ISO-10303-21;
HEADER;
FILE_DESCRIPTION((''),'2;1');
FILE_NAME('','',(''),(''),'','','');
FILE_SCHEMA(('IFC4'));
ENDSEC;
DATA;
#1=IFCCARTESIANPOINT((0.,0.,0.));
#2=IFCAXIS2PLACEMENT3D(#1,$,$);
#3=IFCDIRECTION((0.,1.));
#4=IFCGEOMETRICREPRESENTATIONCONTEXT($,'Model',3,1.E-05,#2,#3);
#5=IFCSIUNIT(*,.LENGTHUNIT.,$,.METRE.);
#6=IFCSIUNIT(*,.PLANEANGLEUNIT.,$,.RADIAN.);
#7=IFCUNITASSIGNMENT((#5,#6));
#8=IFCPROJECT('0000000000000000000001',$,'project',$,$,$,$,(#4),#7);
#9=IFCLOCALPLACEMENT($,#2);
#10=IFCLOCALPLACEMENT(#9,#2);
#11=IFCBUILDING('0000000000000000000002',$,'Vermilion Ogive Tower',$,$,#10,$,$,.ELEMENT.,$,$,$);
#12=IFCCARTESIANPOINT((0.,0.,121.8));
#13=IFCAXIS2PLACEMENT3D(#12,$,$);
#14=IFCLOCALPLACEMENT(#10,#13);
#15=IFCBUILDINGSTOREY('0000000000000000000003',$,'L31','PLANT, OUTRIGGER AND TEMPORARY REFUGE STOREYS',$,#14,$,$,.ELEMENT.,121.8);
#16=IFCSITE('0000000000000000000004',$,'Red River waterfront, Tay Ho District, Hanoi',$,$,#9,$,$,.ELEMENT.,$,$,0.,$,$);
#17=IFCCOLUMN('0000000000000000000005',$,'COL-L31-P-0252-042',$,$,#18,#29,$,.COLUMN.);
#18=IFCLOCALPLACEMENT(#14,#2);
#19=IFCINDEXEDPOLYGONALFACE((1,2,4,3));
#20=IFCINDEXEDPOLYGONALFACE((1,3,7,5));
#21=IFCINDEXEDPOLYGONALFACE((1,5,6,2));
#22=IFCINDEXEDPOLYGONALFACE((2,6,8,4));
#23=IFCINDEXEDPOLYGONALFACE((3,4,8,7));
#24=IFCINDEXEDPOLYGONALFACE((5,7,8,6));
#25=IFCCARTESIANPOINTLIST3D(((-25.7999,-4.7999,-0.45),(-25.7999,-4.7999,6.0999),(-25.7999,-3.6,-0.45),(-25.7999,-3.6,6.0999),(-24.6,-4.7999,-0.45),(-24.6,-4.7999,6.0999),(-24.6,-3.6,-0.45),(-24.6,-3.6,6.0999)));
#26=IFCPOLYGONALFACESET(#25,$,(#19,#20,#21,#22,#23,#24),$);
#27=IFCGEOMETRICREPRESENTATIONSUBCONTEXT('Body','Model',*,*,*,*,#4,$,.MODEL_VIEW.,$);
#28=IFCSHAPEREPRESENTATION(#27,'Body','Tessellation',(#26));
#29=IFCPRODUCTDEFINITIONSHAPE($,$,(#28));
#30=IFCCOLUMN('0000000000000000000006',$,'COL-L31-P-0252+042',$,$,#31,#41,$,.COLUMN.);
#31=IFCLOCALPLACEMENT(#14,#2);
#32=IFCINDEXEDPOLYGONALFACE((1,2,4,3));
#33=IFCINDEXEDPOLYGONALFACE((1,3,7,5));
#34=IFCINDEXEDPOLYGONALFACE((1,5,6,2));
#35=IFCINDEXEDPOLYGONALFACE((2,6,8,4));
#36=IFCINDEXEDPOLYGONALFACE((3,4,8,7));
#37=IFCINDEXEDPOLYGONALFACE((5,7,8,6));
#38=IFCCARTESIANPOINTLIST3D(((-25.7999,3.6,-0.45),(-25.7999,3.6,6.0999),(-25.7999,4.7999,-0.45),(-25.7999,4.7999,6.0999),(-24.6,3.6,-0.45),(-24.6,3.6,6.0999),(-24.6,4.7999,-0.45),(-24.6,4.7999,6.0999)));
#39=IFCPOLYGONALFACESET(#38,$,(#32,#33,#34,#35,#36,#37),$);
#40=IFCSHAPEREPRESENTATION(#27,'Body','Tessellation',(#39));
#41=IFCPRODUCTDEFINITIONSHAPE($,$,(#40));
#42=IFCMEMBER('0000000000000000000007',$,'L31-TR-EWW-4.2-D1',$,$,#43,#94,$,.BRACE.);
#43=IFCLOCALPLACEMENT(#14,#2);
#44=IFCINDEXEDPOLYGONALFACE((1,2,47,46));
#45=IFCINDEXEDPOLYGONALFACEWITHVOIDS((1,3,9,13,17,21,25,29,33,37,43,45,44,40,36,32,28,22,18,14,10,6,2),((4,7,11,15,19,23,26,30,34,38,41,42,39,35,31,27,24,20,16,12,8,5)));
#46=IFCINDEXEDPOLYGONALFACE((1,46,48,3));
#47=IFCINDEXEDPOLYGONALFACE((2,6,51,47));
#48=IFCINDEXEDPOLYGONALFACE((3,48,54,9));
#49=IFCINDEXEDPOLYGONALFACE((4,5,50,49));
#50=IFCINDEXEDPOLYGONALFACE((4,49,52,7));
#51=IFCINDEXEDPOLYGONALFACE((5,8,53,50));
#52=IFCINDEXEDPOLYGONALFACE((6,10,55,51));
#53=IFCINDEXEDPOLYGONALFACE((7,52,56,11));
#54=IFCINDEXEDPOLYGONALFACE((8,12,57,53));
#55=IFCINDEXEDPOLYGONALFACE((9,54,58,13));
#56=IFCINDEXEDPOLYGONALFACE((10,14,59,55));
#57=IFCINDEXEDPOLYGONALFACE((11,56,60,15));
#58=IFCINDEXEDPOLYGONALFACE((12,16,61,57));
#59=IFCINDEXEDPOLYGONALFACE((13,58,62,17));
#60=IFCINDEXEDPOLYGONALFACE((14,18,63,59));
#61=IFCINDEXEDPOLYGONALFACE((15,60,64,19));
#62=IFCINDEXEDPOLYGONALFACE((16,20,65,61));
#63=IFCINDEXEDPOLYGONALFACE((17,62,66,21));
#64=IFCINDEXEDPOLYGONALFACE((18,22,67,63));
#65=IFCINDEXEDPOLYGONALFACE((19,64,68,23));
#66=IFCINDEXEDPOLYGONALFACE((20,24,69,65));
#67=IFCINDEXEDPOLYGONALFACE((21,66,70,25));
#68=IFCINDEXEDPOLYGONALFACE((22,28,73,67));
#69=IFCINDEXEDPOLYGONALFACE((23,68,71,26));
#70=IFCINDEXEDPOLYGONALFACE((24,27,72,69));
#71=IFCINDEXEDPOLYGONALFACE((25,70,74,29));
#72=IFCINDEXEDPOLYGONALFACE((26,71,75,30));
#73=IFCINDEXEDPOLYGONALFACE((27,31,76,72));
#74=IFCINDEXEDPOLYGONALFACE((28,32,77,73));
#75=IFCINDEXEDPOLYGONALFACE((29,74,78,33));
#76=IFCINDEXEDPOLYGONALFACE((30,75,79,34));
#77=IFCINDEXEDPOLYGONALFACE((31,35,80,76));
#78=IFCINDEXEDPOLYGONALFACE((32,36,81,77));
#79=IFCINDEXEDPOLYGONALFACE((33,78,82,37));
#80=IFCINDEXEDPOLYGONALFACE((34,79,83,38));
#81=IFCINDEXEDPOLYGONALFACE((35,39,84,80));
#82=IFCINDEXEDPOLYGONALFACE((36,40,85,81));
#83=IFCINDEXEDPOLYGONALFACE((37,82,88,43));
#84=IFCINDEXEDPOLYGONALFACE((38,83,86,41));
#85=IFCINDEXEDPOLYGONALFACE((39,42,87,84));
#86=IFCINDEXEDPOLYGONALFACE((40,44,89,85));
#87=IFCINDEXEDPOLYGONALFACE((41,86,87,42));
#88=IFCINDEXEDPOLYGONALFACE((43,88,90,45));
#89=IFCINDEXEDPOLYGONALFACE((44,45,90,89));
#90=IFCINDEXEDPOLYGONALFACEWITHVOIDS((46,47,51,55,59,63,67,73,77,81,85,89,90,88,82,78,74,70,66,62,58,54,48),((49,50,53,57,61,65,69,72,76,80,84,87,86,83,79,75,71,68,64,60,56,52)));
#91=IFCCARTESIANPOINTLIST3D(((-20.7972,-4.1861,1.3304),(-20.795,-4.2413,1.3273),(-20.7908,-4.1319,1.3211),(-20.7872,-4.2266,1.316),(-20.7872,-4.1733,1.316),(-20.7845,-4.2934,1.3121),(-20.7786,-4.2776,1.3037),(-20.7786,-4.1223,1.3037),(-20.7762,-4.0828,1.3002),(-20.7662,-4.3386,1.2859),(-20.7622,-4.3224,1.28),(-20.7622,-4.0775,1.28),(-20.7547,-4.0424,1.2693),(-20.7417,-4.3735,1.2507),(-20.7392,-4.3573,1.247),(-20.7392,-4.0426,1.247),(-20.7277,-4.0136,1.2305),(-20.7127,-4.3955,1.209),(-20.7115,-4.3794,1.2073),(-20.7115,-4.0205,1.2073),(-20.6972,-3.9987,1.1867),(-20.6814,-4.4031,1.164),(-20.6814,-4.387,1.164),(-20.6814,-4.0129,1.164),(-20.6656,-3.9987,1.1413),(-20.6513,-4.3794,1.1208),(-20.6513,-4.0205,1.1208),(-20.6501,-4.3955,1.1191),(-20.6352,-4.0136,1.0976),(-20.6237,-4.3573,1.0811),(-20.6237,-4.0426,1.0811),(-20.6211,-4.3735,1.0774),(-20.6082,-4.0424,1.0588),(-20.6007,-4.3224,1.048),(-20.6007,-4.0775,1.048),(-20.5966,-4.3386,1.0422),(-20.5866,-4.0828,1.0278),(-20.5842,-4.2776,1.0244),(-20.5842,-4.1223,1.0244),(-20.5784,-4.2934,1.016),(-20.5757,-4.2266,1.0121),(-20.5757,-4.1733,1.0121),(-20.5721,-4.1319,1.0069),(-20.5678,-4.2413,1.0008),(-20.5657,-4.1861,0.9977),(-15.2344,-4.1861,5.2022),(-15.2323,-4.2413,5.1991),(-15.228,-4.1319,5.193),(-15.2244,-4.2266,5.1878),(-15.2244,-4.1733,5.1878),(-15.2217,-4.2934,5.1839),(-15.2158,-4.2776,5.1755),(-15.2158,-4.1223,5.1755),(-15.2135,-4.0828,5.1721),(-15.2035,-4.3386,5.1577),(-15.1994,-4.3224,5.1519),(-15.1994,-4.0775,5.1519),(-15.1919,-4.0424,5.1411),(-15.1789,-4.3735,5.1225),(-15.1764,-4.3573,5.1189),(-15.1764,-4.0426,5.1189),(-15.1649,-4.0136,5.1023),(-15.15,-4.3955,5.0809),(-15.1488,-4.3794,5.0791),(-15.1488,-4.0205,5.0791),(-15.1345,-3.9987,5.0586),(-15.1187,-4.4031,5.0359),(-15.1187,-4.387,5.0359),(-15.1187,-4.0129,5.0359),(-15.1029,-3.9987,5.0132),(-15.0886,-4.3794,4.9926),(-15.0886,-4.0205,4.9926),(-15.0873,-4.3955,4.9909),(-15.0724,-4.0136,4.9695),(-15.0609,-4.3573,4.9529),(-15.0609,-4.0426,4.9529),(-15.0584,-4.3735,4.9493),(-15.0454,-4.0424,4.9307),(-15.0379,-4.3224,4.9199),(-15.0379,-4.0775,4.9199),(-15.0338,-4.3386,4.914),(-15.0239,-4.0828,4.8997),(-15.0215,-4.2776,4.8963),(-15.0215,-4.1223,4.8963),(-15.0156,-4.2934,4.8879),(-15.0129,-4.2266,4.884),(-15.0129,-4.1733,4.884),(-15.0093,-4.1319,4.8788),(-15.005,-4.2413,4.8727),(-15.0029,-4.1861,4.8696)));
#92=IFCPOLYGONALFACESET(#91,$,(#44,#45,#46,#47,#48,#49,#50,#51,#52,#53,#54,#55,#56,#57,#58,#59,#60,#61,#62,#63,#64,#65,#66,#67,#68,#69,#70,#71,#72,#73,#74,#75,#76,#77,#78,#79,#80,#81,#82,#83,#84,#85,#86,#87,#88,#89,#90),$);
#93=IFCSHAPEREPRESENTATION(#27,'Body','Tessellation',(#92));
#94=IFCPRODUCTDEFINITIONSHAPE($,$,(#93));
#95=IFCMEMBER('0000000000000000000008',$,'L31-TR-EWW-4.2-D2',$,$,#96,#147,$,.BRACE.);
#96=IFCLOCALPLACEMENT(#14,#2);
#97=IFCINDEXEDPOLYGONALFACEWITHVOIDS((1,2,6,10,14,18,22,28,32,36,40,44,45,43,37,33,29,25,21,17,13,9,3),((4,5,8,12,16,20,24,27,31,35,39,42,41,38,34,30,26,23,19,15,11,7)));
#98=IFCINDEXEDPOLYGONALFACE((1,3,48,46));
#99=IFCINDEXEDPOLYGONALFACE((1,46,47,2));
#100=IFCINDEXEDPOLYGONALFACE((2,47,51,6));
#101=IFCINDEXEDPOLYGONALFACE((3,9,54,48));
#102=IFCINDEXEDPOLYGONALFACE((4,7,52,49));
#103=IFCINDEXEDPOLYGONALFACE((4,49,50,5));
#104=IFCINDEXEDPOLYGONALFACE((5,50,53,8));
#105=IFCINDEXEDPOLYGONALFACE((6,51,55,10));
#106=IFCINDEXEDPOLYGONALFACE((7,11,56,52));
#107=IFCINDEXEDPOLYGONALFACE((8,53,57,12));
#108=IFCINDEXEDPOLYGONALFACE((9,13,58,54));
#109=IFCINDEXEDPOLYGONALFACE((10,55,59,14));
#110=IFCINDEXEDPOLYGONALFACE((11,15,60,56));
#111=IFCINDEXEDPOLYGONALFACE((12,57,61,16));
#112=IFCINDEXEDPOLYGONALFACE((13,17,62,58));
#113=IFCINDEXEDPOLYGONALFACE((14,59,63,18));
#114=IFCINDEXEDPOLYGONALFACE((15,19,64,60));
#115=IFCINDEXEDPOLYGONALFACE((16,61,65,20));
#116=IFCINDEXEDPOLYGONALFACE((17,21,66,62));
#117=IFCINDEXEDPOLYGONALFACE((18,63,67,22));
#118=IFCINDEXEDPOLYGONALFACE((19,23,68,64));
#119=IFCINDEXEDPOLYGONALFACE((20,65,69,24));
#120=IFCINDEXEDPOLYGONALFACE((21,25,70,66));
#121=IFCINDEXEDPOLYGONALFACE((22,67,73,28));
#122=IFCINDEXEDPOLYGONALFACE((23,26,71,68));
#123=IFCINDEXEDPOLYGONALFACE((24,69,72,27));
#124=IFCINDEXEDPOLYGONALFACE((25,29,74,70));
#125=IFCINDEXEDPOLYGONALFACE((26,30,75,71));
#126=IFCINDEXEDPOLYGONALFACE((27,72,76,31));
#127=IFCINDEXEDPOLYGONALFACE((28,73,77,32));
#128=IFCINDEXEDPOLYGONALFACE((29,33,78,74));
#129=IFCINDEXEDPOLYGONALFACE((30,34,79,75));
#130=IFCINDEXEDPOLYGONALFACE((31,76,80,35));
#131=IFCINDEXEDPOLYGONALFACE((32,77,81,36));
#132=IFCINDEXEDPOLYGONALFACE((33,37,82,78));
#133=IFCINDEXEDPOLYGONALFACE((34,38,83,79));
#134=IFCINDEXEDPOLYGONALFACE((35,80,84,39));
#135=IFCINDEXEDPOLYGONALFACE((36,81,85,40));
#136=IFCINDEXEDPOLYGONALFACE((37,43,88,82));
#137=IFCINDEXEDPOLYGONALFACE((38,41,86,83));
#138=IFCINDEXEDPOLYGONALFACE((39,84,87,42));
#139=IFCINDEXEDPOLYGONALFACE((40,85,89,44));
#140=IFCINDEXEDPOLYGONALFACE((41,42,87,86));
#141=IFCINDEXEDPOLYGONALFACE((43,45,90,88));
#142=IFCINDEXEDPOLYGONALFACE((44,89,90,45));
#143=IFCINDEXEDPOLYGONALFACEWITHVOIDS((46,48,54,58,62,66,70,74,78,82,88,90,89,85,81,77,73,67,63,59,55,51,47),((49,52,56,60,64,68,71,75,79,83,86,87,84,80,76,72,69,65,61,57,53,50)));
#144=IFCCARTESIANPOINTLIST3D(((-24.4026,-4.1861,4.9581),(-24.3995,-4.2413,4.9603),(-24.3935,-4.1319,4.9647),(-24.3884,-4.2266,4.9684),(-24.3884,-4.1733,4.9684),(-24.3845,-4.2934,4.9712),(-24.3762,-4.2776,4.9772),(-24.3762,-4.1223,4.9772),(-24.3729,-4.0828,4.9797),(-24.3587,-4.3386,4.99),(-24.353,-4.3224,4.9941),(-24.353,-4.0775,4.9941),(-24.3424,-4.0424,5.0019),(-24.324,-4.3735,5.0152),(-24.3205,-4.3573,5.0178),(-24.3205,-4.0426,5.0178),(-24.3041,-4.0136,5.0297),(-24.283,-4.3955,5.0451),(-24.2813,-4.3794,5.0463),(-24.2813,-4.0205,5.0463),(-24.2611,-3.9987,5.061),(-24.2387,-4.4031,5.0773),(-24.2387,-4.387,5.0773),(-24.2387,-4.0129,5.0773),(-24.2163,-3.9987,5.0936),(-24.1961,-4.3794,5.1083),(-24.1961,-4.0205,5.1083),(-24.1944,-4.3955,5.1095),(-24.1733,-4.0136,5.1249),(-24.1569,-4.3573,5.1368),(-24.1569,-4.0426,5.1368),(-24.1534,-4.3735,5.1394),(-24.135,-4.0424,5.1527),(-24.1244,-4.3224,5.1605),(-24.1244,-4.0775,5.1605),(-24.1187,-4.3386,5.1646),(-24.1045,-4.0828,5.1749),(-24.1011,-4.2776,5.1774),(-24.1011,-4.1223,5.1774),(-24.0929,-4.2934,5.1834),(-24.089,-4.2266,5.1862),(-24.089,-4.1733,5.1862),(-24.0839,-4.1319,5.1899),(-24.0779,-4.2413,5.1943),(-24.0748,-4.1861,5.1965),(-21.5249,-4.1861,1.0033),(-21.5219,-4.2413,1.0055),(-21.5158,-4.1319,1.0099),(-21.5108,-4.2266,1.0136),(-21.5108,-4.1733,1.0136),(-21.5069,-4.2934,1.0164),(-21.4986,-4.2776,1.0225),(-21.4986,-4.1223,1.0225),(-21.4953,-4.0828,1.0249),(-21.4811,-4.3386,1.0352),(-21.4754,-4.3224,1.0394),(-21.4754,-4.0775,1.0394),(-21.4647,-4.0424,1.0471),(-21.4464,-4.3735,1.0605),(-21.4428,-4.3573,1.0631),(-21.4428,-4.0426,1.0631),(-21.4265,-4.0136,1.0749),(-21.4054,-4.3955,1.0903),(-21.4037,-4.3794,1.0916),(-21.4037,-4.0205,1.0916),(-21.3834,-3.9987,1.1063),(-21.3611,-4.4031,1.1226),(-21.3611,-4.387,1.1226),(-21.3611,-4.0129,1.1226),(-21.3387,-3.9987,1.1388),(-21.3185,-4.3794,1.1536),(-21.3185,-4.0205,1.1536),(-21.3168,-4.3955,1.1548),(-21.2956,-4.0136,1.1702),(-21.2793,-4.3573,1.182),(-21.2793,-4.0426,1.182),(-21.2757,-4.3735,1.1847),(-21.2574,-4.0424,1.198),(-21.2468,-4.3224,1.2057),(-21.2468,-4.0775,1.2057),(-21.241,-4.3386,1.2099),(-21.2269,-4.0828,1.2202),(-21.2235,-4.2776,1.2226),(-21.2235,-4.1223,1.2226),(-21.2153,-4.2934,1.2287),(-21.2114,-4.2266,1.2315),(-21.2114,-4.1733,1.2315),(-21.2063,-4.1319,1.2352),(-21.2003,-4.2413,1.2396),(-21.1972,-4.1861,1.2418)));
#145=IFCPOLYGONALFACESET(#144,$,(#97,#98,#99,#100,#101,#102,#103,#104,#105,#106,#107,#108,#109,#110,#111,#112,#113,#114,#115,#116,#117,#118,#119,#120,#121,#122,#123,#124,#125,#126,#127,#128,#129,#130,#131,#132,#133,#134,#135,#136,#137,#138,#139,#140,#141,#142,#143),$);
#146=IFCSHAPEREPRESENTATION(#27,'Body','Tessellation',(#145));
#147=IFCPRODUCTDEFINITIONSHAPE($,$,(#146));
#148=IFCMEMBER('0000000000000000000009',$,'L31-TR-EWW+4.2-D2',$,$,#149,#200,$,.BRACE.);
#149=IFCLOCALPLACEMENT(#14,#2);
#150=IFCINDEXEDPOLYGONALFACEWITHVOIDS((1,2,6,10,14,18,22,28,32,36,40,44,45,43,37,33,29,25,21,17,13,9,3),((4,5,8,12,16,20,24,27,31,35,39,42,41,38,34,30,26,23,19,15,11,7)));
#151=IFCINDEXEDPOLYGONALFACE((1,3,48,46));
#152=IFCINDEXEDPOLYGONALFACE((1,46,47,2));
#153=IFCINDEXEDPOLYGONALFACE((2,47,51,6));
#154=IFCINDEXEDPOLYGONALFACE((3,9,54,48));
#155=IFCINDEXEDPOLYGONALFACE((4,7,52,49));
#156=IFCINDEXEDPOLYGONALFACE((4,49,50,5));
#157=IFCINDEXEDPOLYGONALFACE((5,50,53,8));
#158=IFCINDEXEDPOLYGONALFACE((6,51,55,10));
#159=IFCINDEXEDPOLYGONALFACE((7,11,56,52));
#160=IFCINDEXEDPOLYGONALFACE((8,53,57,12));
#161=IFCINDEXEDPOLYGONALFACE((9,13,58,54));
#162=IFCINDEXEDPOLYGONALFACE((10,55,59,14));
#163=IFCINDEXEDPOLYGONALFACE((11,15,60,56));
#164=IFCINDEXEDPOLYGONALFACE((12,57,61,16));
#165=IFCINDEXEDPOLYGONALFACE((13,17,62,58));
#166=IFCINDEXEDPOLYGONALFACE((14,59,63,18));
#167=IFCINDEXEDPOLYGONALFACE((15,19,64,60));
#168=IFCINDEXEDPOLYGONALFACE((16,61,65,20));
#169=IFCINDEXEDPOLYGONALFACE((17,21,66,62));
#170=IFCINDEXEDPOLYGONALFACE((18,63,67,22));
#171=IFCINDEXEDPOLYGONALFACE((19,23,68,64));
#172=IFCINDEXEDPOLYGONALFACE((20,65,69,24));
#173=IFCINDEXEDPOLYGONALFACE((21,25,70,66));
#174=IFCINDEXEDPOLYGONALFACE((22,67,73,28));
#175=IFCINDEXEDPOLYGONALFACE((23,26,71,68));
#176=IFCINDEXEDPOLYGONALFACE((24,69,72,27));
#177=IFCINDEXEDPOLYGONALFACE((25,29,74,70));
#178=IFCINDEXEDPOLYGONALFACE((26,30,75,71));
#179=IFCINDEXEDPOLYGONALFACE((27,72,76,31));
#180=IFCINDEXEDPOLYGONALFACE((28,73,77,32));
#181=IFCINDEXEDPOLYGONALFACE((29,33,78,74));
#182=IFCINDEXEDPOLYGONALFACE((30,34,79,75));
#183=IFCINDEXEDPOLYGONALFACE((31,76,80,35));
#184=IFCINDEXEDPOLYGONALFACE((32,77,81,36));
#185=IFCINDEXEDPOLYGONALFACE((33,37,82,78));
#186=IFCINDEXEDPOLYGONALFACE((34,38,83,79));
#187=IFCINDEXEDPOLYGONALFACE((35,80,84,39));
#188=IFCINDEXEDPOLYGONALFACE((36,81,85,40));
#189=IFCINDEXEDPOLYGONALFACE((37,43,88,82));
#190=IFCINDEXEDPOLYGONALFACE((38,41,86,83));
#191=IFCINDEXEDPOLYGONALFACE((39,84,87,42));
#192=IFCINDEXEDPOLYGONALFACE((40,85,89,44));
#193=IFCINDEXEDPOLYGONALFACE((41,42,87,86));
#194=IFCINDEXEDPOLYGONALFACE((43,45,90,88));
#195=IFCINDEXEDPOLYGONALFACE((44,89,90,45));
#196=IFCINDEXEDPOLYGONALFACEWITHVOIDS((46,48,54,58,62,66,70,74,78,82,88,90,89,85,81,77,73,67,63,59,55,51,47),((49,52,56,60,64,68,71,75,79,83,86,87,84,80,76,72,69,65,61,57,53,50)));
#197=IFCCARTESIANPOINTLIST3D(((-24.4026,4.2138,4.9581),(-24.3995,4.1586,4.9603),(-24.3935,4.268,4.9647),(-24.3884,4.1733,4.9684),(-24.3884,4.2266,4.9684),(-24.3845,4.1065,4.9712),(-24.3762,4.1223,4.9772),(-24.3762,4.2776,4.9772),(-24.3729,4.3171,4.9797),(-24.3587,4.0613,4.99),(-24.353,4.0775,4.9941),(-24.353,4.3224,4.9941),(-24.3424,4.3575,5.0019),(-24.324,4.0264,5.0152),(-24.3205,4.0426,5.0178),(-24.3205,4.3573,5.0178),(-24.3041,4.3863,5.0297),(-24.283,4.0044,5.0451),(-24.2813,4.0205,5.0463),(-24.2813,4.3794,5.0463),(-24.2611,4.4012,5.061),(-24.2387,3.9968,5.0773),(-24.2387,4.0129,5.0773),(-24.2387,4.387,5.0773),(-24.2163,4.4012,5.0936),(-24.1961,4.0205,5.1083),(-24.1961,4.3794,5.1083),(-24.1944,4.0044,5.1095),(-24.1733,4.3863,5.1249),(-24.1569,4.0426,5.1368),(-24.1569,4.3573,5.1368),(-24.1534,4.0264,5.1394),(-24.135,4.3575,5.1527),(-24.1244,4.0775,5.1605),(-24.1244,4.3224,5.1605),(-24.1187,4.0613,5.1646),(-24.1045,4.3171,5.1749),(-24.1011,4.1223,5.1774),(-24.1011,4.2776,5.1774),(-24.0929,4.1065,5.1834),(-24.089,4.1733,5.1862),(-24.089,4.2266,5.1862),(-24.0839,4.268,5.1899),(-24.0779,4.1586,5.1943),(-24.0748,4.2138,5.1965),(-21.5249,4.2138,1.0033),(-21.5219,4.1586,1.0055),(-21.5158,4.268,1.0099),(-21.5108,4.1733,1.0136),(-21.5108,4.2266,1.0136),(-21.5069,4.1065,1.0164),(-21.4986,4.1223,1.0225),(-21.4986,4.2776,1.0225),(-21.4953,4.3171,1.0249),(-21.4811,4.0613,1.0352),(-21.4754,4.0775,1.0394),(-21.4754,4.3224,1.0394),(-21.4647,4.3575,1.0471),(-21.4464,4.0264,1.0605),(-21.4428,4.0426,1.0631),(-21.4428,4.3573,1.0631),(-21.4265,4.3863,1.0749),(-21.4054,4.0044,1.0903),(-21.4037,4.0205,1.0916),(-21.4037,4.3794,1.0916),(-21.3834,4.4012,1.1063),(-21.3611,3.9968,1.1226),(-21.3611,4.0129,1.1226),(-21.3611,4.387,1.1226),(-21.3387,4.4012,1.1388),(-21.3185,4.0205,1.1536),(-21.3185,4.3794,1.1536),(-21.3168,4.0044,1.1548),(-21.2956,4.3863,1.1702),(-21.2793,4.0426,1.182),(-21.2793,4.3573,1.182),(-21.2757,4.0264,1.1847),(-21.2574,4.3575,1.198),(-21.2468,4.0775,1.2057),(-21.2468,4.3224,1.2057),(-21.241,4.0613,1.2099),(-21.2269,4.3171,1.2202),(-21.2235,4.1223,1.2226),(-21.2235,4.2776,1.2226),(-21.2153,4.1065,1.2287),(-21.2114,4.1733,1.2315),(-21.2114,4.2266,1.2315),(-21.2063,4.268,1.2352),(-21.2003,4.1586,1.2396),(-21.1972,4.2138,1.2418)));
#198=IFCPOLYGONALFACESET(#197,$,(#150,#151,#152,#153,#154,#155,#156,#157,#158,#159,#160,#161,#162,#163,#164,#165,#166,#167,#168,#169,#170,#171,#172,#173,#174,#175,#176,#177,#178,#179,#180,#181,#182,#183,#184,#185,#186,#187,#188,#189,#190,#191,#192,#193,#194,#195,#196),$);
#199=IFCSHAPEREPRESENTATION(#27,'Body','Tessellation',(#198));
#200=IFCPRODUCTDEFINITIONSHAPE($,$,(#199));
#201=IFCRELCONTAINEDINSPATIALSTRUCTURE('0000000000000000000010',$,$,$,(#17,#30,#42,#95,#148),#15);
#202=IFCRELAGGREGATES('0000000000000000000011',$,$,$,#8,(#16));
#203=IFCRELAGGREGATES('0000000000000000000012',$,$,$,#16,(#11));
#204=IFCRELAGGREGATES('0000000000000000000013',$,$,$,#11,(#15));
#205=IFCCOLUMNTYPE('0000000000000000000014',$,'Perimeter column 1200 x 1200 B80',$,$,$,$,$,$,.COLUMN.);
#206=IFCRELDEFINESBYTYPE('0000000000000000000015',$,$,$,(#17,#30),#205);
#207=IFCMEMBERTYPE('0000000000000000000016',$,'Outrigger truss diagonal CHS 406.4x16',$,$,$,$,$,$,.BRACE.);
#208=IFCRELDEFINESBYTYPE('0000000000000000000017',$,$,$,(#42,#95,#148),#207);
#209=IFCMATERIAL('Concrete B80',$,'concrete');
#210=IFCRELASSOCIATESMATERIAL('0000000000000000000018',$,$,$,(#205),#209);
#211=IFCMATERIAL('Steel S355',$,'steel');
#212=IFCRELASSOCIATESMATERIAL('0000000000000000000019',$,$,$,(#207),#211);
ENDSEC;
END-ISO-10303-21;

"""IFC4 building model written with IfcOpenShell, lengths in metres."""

from ifc_helpers import new_model, si_unit, direction, frame, origin, origin_2d, place, context, subcontext, project, spatial, rectangle, hollow_circle, extrude, material, material_profile, profile_set, type_object, element, save


model = new_model("IFC4")

# Units and contexts
model_context = context("Model", 3, precision=1e-05, world=origin(), true_north=direction((0.0, 1.0)))
body_context = subcontext(model_context, "Body", "Model", "MODEL_VIEW")
ifc_project = project(units=[si_unit("LENGTHUNIT", "METRE"), si_unit("PLANEANGLEUNIT", "RADIAN")], contexts=[model_context])

# Site, building, storey
site_placement = place(None, origin())
site = spatial("IfcSite", under=ifc_project, at=site_placement, Name="Red River waterfront, Tay Ho District, Hanoi", CompositionType="ELEMENT", RefElevation=0.0)
building_placement = place(site_placement, origin())
building = spatial("IfcBuilding", under=site, at=building_placement, Name="Vermilion Ogive Tower", CompositionType="ELEMENT")
storey_placement = place(building_placement, frame((0.0, 0.0, 121.8)))
storey = spatial("IfcBuildingStorey", under=building, at=storey_placement, Name="L31", Description="PLANT, OUTRIGGER AND TEMPORARY REFUGE STOREYS", CompositionType="ELEMENT", Elevation=121.8)

# Columns
ifc_material_1 = material(Name="Concrete B80", Category="concrete")
ifc_material_profile_1 = material_profile(ifc_material_1, rectangle(XDim=1.2, YDim=1.2, at=origin_2d()), Name="1200 x 1200")
ifc_profile_set_1 = profile_set([ifc_material_profile_1], Name="Concrete B80")
column_type = type_object("IfcColumnType", Name="Perimeter column 1200 x 1200 B80", PredefinedType="COLUMN", material=ifc_profile_set_1)
for number, where, z_axis, x_axis, name in (
    (1, (-25.2, -4.2, -0.45), (0.0, 0.0, 1.0), (1.0, 0.0, 0.0), "COL-L31-P-0252-042"),
    (2, (-25.2, 4.2, -0.45), (0.0, 0.0, 1.0), (1.0, 0.0, 0.0), "COL-L31-P-0252+042"),
):
    element("IfcColumn", number, at=place(storey_placement, frame(where, z_axis=z_axis, x_axis=x_axis)), inside=storey, type_object=column_type, Name=name, PredefinedType="COLUMN", context=body_context, shape_type="SweptSolid", body=[
        extrude(rectangle(XDim=1.2, YDim=1.2, at=origin_2d()), origin(), (0.0, 0.0, 1.0), 6.5498),
    ])

# Members
ifc_material_2 = material(Name="Steel S355", Category="steel")
ifc_material_profile_2 = material_profile(ifc_material_2, hollow_circle(Radius=0.2031, WallThickness=0.0161, at=origin_2d()), Name="CHS 406.4x16")
ifc_profile_set_2 = profile_set([ifc_material_profile_2], Name="Steel S355")
member_type_1 = type_object("IfcMemberType", Name="Outrigger truss diagonal CHS 406.4x16", PredefinedType="BRACE", material=ifc_profile_set_2)
member_placement = place(storey_placement, frame((-15.1187, -4.2, 5.0359), z_axis=(-0.820761, 0.0, -0.571272), x_axis=(0.0, -1.0, 0.0)))
element("IfcMember", 3, at=member_placement, inside=storey, type_object=member_type_1, Name="L31-TR-EWW-4.2-D1", PredefinedType="BRACE", context=body_context, shape_type="SweptSolid", body=[
    extrude(hollow_circle(Radius=0.2031, WallThickness=0.0161, at=origin_2d()), origin(), (0.0, 0.0, 1.0), 6.7776),
])
for number, where, z_axis, x_axis, name in (
    (4, (-21.3611, -4.2, 1.1226), (-0.588365, 0.0, 0.808596), (0.0, -1.0, 0.0), "L31-TR-EWW-4.2-D2"),
    (5, (-21.3611, 4.2, 1.1226), (-0.588365, 0.0, 0.808596), (0.0, -1.0, 0.0), "L31-TR-EWW+4.2-D2"),
):
    element("IfcMember", number, at=place(storey_placement, frame(where, z_axis=z_axis, x_axis=x_axis)), inside=storey, type_object=member_type_1, Name=name, PredefinedType="BRACE", context=body_context, shape_type="SweptSolid", body=[
        extrude(hollow_circle(Radius=0.2031, WallThickness=0.0161, at=origin_2d()), origin(), (0.0, 0.0, 1.0), 4.8909),
    ])

save(model, "model.ifc")
